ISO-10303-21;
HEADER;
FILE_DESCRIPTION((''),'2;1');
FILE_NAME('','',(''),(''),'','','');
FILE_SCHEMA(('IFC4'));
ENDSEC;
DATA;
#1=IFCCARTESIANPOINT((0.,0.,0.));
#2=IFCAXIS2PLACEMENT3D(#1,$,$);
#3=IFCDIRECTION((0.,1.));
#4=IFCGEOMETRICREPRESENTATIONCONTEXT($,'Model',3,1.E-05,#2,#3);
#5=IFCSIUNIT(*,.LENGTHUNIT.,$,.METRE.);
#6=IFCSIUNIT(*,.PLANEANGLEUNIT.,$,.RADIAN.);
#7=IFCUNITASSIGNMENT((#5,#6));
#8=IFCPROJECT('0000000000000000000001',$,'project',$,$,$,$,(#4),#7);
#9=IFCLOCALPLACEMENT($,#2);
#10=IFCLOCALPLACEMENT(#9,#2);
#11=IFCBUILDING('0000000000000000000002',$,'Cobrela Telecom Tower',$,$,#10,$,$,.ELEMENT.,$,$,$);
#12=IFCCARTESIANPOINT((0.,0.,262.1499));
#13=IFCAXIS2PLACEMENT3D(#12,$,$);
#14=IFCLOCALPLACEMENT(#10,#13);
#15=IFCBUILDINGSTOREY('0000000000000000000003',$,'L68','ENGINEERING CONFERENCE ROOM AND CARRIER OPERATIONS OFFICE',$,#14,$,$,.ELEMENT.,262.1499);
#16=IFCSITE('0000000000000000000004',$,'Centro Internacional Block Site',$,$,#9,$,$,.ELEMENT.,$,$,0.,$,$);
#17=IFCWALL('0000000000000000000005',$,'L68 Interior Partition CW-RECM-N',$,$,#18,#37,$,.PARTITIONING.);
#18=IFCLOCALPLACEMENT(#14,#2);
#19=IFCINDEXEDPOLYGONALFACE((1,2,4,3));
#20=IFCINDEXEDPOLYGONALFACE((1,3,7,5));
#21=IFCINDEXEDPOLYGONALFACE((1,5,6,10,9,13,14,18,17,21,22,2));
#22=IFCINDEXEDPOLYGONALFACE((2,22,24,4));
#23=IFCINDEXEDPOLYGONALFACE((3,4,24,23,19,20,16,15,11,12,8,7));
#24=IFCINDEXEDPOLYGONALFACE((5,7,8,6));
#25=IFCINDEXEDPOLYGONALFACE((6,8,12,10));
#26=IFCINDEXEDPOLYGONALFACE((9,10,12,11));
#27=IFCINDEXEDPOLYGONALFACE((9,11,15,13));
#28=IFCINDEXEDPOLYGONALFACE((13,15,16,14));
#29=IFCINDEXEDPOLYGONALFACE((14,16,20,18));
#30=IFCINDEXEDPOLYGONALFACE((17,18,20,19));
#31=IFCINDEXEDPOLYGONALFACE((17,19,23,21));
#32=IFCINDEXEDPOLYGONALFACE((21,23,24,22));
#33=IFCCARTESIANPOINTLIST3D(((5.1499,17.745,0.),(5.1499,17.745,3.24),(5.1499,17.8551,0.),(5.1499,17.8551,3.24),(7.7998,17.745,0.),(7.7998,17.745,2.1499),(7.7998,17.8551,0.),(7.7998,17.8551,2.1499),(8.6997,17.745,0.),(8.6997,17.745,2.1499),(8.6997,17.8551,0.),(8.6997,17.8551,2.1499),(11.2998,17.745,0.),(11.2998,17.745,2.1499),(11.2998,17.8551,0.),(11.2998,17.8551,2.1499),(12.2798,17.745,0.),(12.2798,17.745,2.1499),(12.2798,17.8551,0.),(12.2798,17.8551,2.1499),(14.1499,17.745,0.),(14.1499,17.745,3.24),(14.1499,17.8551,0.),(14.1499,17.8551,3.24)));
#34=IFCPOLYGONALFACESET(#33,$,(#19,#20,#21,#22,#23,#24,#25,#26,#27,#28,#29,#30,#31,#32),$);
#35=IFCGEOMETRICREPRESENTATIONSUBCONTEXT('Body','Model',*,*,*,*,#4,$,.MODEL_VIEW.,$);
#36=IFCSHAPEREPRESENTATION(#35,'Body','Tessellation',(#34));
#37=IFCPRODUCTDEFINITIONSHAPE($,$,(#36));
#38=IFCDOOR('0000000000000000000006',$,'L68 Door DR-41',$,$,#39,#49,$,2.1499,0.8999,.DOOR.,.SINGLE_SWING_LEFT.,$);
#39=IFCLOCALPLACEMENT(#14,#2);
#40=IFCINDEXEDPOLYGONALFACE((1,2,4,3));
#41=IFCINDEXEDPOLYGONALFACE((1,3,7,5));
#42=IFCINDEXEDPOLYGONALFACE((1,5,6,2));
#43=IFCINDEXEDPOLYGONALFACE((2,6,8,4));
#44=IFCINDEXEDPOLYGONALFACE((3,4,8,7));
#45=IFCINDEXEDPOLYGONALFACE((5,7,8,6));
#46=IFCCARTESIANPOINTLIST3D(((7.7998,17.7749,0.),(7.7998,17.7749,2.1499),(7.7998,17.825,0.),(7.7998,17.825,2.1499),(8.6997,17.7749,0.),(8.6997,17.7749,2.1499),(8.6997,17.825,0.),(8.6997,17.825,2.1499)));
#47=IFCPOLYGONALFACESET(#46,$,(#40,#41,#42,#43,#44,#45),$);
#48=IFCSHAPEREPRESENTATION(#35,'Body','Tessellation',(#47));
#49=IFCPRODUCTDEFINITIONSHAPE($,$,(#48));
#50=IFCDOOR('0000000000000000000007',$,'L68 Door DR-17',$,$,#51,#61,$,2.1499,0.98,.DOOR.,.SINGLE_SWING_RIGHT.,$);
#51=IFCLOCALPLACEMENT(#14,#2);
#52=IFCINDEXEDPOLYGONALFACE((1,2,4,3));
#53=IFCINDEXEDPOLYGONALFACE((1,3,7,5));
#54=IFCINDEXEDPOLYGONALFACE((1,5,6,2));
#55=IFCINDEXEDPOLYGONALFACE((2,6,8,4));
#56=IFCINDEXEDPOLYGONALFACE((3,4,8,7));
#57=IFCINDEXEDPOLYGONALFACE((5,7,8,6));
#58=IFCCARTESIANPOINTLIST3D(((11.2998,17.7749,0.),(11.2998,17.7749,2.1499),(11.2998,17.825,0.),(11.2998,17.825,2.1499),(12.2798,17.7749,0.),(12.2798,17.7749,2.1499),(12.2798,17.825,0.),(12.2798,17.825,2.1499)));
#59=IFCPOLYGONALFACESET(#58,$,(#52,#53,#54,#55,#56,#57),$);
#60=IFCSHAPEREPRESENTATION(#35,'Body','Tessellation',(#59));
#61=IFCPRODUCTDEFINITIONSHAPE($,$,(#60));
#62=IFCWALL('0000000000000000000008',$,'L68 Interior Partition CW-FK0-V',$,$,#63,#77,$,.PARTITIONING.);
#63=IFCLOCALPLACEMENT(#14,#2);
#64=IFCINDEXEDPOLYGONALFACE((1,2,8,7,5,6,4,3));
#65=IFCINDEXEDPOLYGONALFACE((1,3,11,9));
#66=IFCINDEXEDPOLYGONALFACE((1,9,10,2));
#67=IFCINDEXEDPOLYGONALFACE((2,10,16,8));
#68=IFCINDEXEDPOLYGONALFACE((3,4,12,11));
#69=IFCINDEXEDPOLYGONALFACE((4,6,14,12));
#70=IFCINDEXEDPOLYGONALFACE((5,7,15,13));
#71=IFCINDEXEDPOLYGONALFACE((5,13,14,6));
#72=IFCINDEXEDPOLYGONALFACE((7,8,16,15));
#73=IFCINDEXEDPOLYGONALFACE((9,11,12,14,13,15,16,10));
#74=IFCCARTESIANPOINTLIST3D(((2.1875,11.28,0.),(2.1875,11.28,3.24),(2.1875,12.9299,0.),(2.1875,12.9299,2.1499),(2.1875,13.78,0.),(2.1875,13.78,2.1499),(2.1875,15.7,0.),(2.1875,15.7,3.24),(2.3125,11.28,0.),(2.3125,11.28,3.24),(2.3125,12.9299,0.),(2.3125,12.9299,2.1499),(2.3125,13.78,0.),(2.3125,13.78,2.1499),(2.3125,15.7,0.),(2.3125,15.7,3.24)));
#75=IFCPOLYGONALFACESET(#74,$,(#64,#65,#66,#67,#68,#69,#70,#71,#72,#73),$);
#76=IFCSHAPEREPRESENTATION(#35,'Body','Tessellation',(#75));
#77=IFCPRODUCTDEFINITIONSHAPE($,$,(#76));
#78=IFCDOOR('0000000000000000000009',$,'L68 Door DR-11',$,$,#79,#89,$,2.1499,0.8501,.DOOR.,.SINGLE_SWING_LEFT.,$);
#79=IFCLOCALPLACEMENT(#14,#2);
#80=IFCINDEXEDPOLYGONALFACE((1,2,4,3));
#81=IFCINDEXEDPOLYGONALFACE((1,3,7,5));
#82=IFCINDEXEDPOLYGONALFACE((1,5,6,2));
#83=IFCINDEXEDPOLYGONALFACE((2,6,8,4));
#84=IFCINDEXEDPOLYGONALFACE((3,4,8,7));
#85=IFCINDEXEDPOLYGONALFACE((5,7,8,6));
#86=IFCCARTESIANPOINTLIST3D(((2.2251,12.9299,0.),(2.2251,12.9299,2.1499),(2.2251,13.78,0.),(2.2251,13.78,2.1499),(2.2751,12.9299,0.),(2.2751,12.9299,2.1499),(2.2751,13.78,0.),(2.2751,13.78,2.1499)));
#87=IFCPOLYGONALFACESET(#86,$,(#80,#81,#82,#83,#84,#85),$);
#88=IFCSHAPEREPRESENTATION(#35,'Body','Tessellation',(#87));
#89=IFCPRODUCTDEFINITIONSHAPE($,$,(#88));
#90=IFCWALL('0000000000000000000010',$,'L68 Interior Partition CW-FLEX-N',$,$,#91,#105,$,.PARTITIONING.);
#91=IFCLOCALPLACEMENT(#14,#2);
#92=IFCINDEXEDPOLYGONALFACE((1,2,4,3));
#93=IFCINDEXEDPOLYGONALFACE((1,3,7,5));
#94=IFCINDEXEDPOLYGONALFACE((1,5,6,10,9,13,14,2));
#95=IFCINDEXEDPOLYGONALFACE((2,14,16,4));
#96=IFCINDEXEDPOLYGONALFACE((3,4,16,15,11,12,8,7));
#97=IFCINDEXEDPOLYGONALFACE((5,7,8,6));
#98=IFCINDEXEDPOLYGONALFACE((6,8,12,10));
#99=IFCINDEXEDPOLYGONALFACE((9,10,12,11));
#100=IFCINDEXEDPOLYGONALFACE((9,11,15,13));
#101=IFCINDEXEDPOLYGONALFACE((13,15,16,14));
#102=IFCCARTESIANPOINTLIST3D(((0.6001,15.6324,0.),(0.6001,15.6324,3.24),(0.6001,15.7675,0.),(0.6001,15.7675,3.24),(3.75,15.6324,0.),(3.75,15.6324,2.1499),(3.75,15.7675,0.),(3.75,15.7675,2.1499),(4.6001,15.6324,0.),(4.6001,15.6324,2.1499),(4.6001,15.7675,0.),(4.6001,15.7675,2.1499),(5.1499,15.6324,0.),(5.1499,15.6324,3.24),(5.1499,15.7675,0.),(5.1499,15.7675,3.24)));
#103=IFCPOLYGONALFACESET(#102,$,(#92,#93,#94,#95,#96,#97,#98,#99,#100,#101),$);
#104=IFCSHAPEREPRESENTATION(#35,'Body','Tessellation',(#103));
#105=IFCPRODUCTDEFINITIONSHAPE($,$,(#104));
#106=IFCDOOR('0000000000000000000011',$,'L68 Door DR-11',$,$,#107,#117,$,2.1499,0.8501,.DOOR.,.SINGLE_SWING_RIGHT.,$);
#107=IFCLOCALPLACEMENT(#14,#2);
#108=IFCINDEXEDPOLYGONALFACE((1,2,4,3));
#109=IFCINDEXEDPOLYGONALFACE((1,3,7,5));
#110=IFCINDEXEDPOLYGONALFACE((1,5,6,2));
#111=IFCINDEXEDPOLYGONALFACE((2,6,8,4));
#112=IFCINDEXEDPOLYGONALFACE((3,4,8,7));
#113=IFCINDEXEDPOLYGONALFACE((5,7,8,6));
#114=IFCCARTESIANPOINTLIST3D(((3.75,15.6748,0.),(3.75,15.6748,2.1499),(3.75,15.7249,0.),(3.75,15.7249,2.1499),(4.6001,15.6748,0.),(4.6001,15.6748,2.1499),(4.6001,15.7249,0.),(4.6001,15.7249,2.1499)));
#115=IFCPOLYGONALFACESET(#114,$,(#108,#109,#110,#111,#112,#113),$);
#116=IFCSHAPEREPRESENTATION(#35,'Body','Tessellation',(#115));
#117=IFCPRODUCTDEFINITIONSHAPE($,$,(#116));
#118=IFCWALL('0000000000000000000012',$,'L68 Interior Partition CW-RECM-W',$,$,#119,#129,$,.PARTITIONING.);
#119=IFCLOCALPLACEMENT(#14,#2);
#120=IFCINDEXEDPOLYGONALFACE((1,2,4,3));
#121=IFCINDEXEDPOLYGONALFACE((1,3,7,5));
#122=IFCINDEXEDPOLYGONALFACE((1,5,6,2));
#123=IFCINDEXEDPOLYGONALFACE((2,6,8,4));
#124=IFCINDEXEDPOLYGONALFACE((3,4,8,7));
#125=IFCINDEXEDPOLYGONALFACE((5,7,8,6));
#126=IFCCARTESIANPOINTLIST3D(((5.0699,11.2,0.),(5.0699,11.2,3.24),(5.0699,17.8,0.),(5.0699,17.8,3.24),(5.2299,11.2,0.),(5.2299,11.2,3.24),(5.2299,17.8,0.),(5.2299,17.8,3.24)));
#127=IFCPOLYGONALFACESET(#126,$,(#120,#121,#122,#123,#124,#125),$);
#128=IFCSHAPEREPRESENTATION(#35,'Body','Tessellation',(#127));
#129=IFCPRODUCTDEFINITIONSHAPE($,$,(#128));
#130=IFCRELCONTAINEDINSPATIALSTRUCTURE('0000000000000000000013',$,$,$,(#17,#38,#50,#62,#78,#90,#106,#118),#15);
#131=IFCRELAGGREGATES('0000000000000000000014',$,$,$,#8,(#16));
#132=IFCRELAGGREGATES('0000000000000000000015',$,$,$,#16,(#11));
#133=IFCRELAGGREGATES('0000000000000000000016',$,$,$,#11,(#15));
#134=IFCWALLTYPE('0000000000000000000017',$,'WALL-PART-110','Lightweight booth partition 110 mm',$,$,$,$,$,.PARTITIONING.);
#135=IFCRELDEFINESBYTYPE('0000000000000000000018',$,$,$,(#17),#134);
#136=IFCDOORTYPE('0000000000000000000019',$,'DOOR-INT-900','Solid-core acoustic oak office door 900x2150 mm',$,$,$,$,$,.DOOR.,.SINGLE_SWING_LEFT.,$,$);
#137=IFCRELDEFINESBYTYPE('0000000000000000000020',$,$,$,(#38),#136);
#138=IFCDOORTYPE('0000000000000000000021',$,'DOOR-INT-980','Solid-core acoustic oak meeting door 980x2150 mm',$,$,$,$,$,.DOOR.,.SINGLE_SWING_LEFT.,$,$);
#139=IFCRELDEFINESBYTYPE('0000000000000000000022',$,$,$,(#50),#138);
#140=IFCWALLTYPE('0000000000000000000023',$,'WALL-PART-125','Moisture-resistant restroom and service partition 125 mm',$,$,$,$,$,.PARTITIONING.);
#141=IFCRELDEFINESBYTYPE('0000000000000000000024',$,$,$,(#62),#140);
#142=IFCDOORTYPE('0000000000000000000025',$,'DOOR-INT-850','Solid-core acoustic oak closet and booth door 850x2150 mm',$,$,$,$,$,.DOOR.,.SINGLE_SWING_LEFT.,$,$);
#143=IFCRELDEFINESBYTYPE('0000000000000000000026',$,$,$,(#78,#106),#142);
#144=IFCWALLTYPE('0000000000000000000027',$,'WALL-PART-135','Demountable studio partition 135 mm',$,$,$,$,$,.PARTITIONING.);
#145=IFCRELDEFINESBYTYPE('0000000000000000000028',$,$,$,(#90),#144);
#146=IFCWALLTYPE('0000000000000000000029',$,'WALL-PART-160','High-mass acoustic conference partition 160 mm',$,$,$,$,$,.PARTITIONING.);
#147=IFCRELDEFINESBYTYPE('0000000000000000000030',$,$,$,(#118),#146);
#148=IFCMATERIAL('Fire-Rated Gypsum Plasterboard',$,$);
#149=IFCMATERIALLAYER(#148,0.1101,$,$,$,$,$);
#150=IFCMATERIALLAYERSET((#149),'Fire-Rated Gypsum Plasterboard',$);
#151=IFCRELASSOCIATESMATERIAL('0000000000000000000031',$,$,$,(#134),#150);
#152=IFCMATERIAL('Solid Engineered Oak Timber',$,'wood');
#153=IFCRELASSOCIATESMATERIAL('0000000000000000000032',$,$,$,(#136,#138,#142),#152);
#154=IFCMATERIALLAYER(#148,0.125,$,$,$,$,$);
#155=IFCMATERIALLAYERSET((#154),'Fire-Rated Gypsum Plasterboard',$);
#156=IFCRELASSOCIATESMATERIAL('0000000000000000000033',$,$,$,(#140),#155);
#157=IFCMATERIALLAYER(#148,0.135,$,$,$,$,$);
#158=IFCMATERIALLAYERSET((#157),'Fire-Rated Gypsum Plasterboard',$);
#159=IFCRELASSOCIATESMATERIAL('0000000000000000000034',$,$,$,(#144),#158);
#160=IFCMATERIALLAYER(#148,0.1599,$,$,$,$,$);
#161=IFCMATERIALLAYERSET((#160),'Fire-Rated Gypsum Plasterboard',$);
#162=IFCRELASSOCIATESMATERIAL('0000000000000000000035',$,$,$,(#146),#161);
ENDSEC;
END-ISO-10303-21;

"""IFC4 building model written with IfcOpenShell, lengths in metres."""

from ifc_helpers import new_model, si_unit, direction, frame, frame_2d, origin, place, context, subcontext, project, spatial, rectangle, extrude, material, layer, layer_set, type_object, element, fill, save


model = new_model("IFC4")

# Units and contexts
model_context = context("Model", 3, precision=1e-05, world=origin(), true_north=direction((0.0, 1.0)))
body_context = subcontext(model_context, "Body", "Model", "MODEL_VIEW")
ifc_project = project(units=[si_unit("LENGTHUNIT", "METRE"), si_unit("PLANEANGLEUNIT", "RADIAN")], contexts=[model_context])

# Site, building, storey
site_placement = place(None, origin())
site = spatial("IfcSite", under=ifc_project, at=site_placement, Name="Centro Internacional Block Site", CompositionType="ELEMENT", RefElevation=0.0)
building_placement = place(site_placement, origin())
building = spatial("IfcBuilding", under=site, at=building_placement, Name="Cobrela Telecom Tower", CompositionType="ELEMENT")
storey_placement = place(building_placement, frame((0.0, 0.0, 262.1499)))
storey = spatial("IfcBuildingStorey", under=building, at=storey_placement, Name="L68", Description="ENGINEERING CONFERENCE ROOM AND CARRIER OPERATIONS OFFICE", CompositionType="ELEMENT", Elevation=262.1499)

# Wall, openings, doors
ifc_material_1 = material(Name="Fire-Rated Gypsum Plasterboard")
ifc_layer_1 = layer(ifc_material_1, 0.1101)
ifc_layer_set_1 = layer_set([ifc_layer_1], Name="Fire-Rated Gypsum Plasterboard")
wall_type_1 = type_object("IfcWallType", Name="WALL-PART-110", Description="Lightweight booth partition 110 mm", PredefinedType="PARTITIONING", material=ifc_layer_set_1)
wall_1_placement = place(storey_placement, frame((5.1499, 17.8, 0.0), z_axis=(0.0, 0.0, 1.0), x_axis=(1.0, 0.0, 0.0)))
wall_1 = element("IfcWall", 1, at=wall_1_placement, inside=storey, type_object=wall_type_1, Name="L68 Interior Partition CW-RECM-N", PredefinedType="PARTITIONING", context=body_context, shape_type="SweptSolid", body=[
    extrude(rectangle(XDim=9.0, YDim=0.1101, at=frame_2d((4.5, 0.0))), origin(), (0.0, 0.0, 1.0), 3.24),
])
opening_1_placement = place(wall_1_placement, frame((2.6499, 0.0, 0.0)))
opening_1 = element("IfcOpeningElement", 2, at=opening_1_placement, cuts=wall_1, PredefinedType="OPENING", context=body_context, shape_type="SweptSolid", body=[
    extrude(rectangle(XDim=0.8999, YDim=2.1499, at=frame_2d((0.45, 1.075))), frame((0.0, 0.0669, 0.0), z_axis=(0.0, -1.0, 0.0), x_axis=(1.0, 0.0, 0.0)), (0.0, 0.0, 1.0), 0.134),
])
opening_2_placement = place(wall_1_placement, frame((6.1499, 0.0, 0.0)))
opening_2 = element("IfcOpeningElement", 3, at=opening_2_placement, cuts=wall_1, PredefinedType="OPENING", context=body_context, shape_type="SweptSolid", body=[
    extrude(rectangle(XDim=0.98, YDim=2.1499, at=frame_2d((0.49, 1.075))), frame((0.0, 0.0669, 0.0), z_axis=(0.0, -1.0, 0.0), x_axis=(1.0, 0.0, 0.0)), (0.0, 0.0, 1.0), 0.134),
])
ifc_material_2 = material(Name="Solid Engineered Oak Timber", Category="wood")
door_type_1 = type_object("IfcDoorType", Name="DOOR-INT-900", Description="Solid-core acoustic oak office door 900x2150 mm", OperationType="SINGLE_SWING_LEFT", PredefinedType="DOOR", material=ifc_material_2)
door_1_placement = place(opening_1_placement, origin())
door_1 = element("IfcDoor", 4, at=door_1_placement, inside=storey, type_object=door_type_1, Name="L68 Door DR-41", OperationType="SINGLE_SWING_LEFT", OverallHeight=2.1499, OverallWidth=0.8999, PredefinedType="DOOR", context=body_context, shape_type="SweptSolid", body=[
    extrude(rectangle(XDim=0.8999, YDim=2.1499, at=frame_2d((0.45, 1.075))), frame((0.0, 0.0249, 0.0), z_axis=(0.0, -1.0, 0.0), x_axis=(1.0, 0.0, 0.0)), (0.0, 0.0, 1.0), 0.05),
])
fill(opening_1, door_1)
door_type_2 = type_object("IfcDoorType", Name="DOOR-INT-980", Description="Solid-core acoustic oak meeting door 980x2150 mm", OperationType="SINGLE_SWING_LEFT", PredefinedType="DOOR", material=ifc_material_2)
door_2_placement = place(opening_2_placement, origin())
door_2 = element("IfcDoor", 5, at=door_2_placement, inside=storey, type_object=door_type_2, Name="L68 Door DR-17", OperationType="SINGLE_SWING_RIGHT", OverallHeight=2.1499, OverallWidth=0.98, PredefinedType="DOOR", context=body_context, shape_type="SweptSolid", body=[
    extrude(rectangle(XDim=0.98, YDim=2.1499, at=frame_2d((0.49, 1.075))), frame((0.0, 0.0249, 0.0), z_axis=(0.0, -1.0, 0.0), x_axis=(1.0, 0.0, 0.0)), (0.0, 0.0, 1.0), 0.05),
])
fill(opening_2, door_2)

# Walls, openings, doors
ifc_layer_2 = layer(ifc_material_1, 0.125)
ifc_layer_set_2 = layer_set([ifc_layer_2], Name="Fire-Rated Gypsum Plasterboard")
wall_type_2 = type_object("IfcWallType", Name="WALL-PART-125", Description="Moisture-resistant restroom and service partition 125 mm", PredefinedType="PARTITIONING", material=ifc_layer_set_2)
wall_2_placement = place(storey_placement, frame((2.25, 11.28, 0.0), z_axis=(0.0, 0.0, 1.0), x_axis=(0.0, 1.0, 0.0)))
wall_2 = element("IfcWall", 6, at=wall_2_placement, inside=storey, type_object=wall_type_2, Name="L68 Interior Partition CW-FK0-V", PredefinedType="PARTITIONING", context=body_context, shape_type="SweptSolid", body=[
    extrude(rectangle(XDim=4.4199, YDim=0.125, at=frame_2d((2.21, 0.0))), origin(), (0.0, 0.0, 1.0), 3.24),
])
opening_3_placement = place(wall_2_placement, frame((1.6499, 0.0, 0.0)))
opening_3 = element("IfcOpeningElement", 7, at=opening_3_placement, cuts=wall_2, PredefinedType="OPENING", context=body_context, shape_type="SweptSolid", body=[
    extrude(rectangle(XDim=0.8501, YDim=2.1499, at=frame_2d((0.425, 1.075))), frame((0.0, 0.0745, 0.0), z_axis=(0.0, -1.0, 0.0), x_axis=(1.0, 0.0, 0.0)), (0.0, 0.0, 1.0), 0.1489),
])
door_type_3 = type_object("IfcDoorType", Name="DOOR-INT-850", Description="Solid-core acoustic oak closet and booth door 850x2150 mm", OperationType="SINGLE_SWING_LEFT", PredefinedType="DOOR", material=ifc_material_2)
door_3_placement = place(opening_3_placement, origin())
door_3 = element("IfcDoor", 8, at=door_3_placement, inside=storey, type_object=door_type_3, Name="L68 Door DR-11", OperationType="SINGLE_SWING_LEFT", OverallHeight=2.1499, OverallWidth=0.8501, PredefinedType="DOOR", context=body_context, shape_type="SweptSolid", body=[
    extrude(rectangle(XDim=0.8501, YDim=2.1499, at=frame_2d((0.425, 1.075))), frame((0.0, 0.0249, 0.0), z_axis=(0.0, -1.0, 0.0), x_axis=(1.0, 0.0, 0.0)), (0.0, 0.0, 1.0), 0.05),
])
fill(opening_3, door_3)
ifc_layer_3 = layer(ifc_material_1, 0.135)
ifc_layer_set_3 = layer_set([ifc_layer_3], Name="Fire-Rated Gypsum Plasterboard")
wall_type_3 = type_object("IfcWallType", Name="WALL-PART-135", Description="Demountable studio partition 135 mm", PredefinedType="PARTITIONING", material=ifc_layer_set_3)
wall_3_placement = place(storey_placement, frame((0.6001, 15.7, 0.0), z_axis=(0.0, 0.0, 1.0), x_axis=(1.0, 0.0, 0.0)))
wall_3 = element("IfcWall", 9, at=wall_3_placement, inside=storey, type_object=wall_type_3, Name="L68 Interior Partition CW-FLEX-N", PredefinedType="PARTITIONING", context=body_context, shape_type="SweptSolid", body=[
    extrude(rectangle(XDim=4.5498, YDim=0.135, at=frame_2d((2.2749, 0.0))), origin(), (0.0, 0.0, 1.0), 3.24),
])
opening_4_placement = place(wall_3_placement, frame((3.1499, 0.0, 0.0)))
opening_4 = element("IfcOpeningElement", 10, at=opening_4_placement, cuts=wall_3, PredefinedType="OPENING", context=body_context, shape_type="SweptSolid", body=[
    extrude(rectangle(XDim=0.8501, YDim=2.1499, at=frame_2d((0.425, 1.075))), frame((0.0, 0.0796, 0.0), z_axis=(0.0, -1.0, 0.0), x_axis=(1.0, 0.0, 0.0)), (0.0, 0.0, 1.0), 0.1589),
])
door_4_placement = place(opening_4_placement, origin())
door_4 = element("IfcDoor", 11, at=door_4_placement, inside=storey, type_object=door_type_3, Name="L68 Door DR-11", OperationType="SINGLE_SWING_RIGHT", OverallHeight=2.1499, OverallWidth=0.8501, PredefinedType="DOOR", context=body_context, shape_type="SweptSolid", body=[
    extrude(rectangle(XDim=0.8501, YDim=2.1499, at=frame_2d((0.425, 1.075))), frame((0.0, 0.0249, 0.0), z_axis=(0.0, -1.0, 0.0), x_axis=(1.0, 0.0, 0.0)), (0.0, 0.0, 1.0), 0.05),
])
fill(opening_4, door_4)

# Wall
ifc_layer_4 = layer(ifc_material_1, 0.1599)
ifc_layer_set_4 = layer_set([ifc_layer_4], Name="Fire-Rated Gypsum Plasterboard")
wall_type_4 = type_object("IfcWallType", Name="WALL-PART-160", Description="High-mass acoustic conference partition 160 mm", PredefinedType="PARTITIONING", material=ifc_layer_set_4)
wall_4_placement = place(storey_placement, frame((5.1499, 11.2, 0.0), z_axis=(0.0, 0.0, 1.0), x_axis=(0.0, 1.0, 0.0)))
element("IfcWall", 12, at=wall_4_placement, inside=storey, type_object=wall_type_4, Name="L68 Interior Partition CW-RECM-W", PredefinedType="PARTITIONING", context=body_context, shape_type="SweptSolid", body=[
    extrude(rectangle(XDim=6.6001, YDim=0.1599, at=frame_2d((3.3, 0.0))), origin(), (0.0, 0.0, 1.0), 3.24),
])

save(model, "model.ifc")
